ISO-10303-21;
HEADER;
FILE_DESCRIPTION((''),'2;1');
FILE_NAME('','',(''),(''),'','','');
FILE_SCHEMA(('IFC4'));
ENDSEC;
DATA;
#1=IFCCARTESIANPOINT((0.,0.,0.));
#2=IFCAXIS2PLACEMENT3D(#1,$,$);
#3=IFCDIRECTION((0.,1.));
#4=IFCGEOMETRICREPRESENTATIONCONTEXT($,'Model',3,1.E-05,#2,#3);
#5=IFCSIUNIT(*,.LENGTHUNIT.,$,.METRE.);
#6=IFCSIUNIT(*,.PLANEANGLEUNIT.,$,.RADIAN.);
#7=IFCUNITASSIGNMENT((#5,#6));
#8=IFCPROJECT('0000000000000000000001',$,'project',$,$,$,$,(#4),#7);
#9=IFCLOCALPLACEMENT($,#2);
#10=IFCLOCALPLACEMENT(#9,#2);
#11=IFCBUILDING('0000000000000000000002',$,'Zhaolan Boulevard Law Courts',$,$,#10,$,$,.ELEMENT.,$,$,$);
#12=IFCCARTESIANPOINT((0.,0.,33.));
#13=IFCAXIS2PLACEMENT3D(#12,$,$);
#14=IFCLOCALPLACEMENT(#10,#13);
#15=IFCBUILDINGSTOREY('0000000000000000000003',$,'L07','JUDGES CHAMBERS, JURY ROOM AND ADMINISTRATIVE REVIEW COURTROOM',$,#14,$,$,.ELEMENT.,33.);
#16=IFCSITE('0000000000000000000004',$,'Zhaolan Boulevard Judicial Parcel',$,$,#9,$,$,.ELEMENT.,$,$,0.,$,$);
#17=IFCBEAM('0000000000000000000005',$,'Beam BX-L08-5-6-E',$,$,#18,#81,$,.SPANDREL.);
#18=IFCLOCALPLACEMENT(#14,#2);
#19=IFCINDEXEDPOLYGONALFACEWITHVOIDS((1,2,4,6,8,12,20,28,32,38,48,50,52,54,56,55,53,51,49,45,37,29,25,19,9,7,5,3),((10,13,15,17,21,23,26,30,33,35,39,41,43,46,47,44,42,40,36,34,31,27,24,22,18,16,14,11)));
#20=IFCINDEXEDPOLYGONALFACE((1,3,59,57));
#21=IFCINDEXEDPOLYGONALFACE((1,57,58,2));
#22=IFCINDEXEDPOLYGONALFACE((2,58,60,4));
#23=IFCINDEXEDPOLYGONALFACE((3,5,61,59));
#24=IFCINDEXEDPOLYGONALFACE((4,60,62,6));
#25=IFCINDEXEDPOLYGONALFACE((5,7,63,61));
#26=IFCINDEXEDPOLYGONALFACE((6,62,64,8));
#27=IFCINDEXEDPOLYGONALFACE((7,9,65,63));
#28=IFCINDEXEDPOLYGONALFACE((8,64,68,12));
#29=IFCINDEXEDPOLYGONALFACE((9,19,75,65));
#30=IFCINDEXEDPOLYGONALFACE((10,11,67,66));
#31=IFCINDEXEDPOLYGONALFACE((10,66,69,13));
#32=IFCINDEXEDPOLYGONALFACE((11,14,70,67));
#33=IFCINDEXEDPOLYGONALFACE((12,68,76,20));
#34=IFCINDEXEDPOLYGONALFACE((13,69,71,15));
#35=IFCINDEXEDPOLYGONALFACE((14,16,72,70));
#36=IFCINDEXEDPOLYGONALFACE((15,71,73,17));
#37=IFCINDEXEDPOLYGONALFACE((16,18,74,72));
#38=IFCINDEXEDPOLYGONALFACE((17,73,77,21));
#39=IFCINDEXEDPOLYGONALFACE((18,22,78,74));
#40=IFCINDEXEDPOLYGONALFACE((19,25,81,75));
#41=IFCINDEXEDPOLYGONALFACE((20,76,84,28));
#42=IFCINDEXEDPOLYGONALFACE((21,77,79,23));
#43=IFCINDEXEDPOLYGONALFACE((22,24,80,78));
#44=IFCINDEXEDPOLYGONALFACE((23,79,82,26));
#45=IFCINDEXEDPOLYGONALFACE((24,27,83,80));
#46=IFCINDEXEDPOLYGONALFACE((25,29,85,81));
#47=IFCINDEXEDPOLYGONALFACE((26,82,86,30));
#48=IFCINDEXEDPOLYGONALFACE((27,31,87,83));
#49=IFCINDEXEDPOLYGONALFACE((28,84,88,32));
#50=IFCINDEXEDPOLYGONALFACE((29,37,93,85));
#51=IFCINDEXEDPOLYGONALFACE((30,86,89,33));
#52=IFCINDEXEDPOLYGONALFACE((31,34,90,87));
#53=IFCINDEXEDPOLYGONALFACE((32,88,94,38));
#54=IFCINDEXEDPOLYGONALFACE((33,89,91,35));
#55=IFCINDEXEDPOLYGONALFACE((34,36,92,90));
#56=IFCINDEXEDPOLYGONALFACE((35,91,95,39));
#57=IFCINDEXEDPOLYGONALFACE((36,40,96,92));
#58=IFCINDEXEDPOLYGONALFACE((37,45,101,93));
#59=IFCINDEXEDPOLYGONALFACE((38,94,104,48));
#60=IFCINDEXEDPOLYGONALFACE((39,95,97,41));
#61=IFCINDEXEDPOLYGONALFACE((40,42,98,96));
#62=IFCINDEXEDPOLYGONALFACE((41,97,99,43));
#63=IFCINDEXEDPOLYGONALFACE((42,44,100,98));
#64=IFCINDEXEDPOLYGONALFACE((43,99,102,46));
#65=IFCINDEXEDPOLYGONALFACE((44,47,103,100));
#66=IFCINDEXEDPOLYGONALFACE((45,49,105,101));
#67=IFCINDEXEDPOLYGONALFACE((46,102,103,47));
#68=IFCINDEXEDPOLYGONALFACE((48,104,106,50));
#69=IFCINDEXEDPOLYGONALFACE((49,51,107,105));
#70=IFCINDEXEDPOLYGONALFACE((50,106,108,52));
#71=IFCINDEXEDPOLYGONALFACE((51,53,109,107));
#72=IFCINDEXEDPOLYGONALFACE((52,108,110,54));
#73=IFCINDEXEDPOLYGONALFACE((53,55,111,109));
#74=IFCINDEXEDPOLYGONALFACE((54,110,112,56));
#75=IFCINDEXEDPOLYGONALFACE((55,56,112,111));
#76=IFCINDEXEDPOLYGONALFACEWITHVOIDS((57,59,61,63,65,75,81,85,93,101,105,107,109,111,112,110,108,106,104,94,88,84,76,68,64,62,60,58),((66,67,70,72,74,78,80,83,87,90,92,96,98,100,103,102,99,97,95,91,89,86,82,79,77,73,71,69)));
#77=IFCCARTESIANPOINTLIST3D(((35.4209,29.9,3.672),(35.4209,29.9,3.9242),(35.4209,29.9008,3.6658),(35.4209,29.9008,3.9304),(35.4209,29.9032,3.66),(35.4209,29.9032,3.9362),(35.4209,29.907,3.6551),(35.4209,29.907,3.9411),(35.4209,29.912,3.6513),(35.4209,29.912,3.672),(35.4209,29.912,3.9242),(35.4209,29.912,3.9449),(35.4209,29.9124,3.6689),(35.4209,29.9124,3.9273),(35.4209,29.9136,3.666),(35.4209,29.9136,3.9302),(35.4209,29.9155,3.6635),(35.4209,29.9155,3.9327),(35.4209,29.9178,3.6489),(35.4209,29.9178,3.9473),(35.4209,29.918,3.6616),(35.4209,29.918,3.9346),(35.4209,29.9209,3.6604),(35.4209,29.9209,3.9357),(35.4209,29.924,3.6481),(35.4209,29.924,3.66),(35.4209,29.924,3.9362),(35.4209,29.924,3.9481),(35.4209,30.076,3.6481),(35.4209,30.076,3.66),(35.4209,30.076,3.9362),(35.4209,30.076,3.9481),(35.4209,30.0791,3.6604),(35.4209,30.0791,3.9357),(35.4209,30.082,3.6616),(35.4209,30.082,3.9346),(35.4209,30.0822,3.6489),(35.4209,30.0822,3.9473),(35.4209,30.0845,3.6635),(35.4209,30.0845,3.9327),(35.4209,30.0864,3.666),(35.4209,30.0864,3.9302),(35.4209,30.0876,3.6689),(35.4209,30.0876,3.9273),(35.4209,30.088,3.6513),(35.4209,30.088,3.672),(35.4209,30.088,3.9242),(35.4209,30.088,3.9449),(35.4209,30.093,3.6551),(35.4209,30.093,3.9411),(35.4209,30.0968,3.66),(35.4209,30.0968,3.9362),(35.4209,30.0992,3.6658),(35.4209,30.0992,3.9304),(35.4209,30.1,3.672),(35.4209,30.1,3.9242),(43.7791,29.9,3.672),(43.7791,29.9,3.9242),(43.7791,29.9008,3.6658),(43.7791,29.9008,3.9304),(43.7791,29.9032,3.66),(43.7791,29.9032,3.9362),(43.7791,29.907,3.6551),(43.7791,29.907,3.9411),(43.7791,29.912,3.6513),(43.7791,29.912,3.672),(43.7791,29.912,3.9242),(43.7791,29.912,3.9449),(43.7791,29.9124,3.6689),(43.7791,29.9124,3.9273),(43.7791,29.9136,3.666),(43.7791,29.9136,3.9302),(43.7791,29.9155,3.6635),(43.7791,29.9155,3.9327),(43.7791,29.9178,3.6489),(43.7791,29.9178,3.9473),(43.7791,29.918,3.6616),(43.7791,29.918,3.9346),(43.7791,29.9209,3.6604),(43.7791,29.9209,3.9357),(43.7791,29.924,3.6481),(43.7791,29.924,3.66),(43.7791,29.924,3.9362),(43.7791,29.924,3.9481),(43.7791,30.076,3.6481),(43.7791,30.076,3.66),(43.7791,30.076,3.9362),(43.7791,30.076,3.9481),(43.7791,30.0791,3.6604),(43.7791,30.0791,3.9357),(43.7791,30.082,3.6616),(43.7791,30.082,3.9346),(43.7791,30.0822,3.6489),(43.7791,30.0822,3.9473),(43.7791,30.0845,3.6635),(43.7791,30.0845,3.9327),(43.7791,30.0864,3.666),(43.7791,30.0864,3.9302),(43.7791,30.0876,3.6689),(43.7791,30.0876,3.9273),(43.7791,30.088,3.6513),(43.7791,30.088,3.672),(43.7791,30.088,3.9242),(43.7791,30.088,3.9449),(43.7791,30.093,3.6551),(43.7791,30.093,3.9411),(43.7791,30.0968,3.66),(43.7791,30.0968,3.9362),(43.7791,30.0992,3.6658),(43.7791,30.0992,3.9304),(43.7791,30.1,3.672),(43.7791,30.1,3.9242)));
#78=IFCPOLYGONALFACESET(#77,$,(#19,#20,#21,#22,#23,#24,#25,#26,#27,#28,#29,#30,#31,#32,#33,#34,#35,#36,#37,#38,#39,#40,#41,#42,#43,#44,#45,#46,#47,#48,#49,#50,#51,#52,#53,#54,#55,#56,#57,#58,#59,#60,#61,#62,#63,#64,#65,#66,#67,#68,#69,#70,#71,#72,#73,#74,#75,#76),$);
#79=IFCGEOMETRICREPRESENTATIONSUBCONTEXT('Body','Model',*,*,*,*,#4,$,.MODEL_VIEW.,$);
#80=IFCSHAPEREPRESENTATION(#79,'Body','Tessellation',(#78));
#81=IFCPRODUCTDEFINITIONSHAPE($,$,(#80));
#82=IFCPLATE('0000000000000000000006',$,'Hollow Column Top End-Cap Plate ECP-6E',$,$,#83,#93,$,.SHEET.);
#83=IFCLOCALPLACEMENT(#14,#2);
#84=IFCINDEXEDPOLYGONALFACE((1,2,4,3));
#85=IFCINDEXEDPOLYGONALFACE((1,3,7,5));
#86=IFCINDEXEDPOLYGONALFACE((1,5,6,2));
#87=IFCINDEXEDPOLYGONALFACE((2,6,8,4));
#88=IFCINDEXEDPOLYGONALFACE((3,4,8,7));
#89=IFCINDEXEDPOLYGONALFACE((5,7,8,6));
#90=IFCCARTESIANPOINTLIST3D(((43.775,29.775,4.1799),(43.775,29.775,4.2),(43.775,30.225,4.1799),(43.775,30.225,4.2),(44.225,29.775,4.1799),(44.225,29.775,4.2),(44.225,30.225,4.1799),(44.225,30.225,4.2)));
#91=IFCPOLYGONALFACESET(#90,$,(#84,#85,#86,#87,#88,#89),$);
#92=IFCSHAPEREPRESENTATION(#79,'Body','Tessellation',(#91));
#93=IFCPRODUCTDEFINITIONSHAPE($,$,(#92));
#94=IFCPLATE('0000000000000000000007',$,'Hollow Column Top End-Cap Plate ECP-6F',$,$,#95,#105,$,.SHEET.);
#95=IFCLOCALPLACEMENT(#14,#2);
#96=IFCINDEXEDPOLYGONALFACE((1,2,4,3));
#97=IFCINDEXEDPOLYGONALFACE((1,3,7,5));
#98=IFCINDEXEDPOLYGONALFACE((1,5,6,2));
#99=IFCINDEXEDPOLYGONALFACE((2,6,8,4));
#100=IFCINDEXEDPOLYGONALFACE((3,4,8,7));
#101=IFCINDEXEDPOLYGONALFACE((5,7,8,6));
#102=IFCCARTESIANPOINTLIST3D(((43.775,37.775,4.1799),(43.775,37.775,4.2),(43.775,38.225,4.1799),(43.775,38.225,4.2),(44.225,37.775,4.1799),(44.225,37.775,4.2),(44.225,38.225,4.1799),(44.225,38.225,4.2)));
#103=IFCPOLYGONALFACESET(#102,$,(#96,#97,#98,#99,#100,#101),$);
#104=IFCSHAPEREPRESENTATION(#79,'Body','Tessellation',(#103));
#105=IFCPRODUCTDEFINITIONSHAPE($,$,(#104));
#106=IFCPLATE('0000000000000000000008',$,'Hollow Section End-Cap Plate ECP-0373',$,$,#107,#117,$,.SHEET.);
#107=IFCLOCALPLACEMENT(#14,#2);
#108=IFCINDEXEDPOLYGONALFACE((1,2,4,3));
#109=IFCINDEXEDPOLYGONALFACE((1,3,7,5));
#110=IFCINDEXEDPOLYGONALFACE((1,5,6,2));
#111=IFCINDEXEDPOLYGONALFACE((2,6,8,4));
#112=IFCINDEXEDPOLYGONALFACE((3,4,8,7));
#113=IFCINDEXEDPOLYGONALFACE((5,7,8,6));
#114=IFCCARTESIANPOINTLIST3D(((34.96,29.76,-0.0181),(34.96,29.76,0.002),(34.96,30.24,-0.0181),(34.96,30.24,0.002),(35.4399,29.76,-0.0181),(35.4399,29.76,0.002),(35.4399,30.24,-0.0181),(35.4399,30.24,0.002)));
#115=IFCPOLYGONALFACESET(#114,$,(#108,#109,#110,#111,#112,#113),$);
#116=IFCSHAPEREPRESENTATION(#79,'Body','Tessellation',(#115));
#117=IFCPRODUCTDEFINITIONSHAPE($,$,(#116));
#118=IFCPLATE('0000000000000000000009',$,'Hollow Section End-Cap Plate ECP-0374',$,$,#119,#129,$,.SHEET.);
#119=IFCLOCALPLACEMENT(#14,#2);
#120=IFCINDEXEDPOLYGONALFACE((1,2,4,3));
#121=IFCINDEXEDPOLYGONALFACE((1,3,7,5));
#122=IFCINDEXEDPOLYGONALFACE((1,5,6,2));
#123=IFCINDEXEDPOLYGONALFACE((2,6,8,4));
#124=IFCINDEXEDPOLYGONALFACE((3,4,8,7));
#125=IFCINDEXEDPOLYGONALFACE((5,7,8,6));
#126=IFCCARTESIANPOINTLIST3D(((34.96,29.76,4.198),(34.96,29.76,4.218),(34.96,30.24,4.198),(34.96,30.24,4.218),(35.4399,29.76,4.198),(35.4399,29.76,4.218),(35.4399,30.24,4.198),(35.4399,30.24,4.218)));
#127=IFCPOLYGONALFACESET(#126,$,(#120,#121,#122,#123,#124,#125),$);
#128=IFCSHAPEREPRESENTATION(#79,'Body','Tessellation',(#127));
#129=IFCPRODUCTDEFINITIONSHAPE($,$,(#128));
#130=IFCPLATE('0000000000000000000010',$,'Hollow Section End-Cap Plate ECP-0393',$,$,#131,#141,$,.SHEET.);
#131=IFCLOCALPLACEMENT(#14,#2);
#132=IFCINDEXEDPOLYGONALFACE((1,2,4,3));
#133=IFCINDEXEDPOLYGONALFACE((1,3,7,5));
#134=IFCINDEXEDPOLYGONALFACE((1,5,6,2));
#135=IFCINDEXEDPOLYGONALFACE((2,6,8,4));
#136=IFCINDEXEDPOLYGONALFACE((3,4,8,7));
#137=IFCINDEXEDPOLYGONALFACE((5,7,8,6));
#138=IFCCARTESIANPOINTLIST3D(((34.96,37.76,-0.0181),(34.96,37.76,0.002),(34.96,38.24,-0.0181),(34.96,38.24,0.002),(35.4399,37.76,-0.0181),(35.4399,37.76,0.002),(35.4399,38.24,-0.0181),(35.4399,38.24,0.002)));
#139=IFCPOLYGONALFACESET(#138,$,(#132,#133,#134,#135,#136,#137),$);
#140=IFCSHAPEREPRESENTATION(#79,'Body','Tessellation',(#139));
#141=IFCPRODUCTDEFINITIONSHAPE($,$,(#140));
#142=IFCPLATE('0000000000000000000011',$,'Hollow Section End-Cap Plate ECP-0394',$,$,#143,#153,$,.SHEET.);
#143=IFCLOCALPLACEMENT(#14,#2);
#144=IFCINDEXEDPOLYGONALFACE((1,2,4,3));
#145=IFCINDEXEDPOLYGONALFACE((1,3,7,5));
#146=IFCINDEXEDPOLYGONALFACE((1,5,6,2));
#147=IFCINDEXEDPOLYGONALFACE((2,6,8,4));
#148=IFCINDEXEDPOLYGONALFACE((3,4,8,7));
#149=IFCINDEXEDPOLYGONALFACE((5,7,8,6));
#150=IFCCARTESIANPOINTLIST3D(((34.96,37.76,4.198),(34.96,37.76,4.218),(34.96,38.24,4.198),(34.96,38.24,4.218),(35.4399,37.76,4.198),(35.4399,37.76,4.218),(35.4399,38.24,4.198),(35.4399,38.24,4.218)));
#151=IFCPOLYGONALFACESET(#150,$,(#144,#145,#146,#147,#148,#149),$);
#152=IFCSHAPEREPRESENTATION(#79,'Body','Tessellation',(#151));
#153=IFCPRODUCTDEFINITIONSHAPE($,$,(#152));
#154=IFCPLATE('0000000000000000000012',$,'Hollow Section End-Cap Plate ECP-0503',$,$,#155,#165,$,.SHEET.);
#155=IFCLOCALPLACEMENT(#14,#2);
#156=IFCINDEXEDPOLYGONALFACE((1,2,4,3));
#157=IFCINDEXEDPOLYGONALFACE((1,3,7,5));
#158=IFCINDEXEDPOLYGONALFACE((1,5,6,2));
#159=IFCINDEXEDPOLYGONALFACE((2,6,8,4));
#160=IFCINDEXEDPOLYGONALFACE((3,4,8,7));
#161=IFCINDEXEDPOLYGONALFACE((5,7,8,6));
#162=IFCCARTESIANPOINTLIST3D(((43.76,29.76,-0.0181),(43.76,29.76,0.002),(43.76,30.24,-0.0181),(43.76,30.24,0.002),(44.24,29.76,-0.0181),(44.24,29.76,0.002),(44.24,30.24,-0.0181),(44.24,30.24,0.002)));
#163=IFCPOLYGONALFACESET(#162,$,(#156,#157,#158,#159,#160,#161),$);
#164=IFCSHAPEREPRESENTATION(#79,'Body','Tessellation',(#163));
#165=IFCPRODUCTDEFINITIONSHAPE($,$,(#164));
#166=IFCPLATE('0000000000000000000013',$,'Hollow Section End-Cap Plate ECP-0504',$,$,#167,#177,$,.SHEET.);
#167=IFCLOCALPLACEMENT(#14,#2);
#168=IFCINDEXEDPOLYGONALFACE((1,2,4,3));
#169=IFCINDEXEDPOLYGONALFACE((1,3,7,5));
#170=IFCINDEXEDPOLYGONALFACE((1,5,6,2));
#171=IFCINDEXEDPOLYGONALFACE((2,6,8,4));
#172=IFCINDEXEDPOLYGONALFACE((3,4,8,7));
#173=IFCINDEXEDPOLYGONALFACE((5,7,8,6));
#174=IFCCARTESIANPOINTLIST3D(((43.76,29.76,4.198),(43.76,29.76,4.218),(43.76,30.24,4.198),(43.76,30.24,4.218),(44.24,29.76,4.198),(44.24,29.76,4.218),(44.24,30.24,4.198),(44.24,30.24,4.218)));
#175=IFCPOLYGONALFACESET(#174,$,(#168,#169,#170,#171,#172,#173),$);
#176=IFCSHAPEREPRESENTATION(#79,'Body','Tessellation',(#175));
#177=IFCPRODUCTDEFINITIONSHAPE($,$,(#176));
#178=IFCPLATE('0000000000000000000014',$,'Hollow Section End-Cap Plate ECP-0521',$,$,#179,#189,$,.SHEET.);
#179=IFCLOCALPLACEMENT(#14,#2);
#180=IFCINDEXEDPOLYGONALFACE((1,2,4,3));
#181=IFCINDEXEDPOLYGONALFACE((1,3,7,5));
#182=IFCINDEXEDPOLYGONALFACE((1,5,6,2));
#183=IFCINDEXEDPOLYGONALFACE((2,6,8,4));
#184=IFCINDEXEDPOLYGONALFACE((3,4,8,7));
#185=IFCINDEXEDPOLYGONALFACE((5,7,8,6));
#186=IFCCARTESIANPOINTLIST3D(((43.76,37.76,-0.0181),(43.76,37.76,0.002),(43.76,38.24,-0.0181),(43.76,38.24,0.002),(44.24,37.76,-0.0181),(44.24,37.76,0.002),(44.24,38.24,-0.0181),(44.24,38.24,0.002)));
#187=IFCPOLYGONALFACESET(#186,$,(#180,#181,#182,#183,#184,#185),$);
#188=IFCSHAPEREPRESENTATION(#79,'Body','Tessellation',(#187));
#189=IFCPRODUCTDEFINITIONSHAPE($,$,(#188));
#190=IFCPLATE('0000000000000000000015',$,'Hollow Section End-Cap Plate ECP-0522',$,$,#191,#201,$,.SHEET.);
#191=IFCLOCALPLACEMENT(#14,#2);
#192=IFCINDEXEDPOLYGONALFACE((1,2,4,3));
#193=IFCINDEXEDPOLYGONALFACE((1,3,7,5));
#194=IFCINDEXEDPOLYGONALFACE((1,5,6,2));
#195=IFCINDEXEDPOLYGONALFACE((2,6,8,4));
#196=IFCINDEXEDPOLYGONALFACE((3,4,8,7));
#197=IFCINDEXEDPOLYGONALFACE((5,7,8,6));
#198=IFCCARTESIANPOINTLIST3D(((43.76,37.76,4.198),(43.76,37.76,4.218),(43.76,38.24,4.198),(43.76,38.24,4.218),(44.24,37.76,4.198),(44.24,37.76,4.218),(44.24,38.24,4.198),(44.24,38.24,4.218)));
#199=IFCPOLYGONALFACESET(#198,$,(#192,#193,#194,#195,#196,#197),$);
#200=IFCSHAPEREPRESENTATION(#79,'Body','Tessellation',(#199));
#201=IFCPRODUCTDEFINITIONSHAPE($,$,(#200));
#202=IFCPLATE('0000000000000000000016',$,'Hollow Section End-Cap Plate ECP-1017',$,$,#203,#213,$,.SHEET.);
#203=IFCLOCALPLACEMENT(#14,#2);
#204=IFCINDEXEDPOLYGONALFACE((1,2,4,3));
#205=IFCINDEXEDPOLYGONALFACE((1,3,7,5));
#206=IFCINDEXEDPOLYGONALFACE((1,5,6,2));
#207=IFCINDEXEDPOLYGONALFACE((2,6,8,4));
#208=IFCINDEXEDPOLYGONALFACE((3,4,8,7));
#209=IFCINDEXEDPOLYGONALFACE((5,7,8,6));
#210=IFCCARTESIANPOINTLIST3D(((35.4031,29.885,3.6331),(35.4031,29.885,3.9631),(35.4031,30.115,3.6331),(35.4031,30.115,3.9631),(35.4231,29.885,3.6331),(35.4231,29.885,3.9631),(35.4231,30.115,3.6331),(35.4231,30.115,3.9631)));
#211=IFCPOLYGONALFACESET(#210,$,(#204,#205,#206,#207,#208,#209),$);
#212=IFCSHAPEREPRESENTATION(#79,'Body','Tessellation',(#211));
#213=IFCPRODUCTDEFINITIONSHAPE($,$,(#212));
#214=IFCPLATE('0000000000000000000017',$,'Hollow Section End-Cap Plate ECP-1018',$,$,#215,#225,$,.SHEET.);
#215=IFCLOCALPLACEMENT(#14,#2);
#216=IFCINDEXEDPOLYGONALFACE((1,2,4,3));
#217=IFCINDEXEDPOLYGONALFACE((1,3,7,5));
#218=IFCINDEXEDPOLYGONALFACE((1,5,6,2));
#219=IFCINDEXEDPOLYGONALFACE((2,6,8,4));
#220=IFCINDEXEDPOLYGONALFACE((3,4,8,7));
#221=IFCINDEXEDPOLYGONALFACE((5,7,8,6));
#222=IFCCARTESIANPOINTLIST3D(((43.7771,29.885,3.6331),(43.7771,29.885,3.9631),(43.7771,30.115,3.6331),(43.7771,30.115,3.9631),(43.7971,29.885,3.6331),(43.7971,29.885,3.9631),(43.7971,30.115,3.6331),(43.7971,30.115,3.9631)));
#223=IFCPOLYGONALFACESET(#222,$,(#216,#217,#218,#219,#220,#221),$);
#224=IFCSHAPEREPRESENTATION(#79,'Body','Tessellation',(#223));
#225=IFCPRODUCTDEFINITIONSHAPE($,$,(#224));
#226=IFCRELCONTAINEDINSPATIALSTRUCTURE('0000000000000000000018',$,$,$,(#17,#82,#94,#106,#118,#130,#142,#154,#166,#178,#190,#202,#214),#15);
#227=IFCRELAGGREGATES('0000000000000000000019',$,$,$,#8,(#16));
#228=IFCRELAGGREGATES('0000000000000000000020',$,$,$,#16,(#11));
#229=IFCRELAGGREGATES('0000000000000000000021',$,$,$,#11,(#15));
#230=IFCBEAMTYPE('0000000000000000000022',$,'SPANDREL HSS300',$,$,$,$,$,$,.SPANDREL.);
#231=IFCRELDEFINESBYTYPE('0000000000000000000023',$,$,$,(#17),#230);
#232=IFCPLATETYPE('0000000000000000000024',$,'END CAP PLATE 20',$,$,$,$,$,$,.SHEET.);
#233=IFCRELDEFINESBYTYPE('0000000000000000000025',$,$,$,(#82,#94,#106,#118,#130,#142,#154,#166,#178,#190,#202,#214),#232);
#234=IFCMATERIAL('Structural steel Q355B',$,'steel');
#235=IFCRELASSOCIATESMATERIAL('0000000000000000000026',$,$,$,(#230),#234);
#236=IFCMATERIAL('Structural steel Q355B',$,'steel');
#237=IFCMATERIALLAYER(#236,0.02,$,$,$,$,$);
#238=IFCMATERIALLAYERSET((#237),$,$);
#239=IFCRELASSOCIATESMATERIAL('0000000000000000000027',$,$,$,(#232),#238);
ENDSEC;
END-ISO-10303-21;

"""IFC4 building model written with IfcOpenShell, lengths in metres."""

from ifc_helpers import new_model, si_unit, direction, frame, origin, origin_2d, place, context, subcontext, project, spatial, rectangle, hollow_rectangle, extrude, material, layer, layer_set, material_profile, profile_set, type_object, element, save


model = new_model("IFC4")

# Units and contexts
model_context = context("Model", 3, precision=1e-05, world=origin(), true_north=direction((0.0, 1.0)))
body_context = subcontext(model_context, "Body", "Model", "MODEL_VIEW")
ifc_project = project(units=[si_unit("LENGTHUNIT", "METRE"), si_unit("PLANEANGLEUNIT", "RADIAN")], contexts=[model_context])

# Site, building, storey
site_placement = place(None, origin())
site = spatial("IfcSite", under=ifc_project, at=site_placement, Name="Zhaolan Boulevard Judicial Parcel", CompositionType="ELEMENT", RefElevation=0.0)
building_placement = place(site_placement, origin())
building = spatial("IfcBuilding", under=site, at=building_placement, Name="Zhaolan Boulevard Law Courts", CompositionType="ELEMENT")
storey_placement = place(building_placement, frame((0.0, 0.0, 33.0)))
storey = spatial("IfcBuildingStorey", under=building, at=storey_placement, Name="L07", Description="JUDGES CHAMBERS, JURY ROOM AND ADMINISTRATIVE REVIEW COURTROOM", CompositionType="ELEMENT", Elevation=33.0)

# Beam
ifc_material_1 = material(Name="Structural steel Q355B", Category="steel")
ifc_material_profile_1 = material_profile(ifc_material_1, hollow_rectangle(XDim=0.2, YDim=0.3, WallThickness=0.012, InnerFilletRadius=0.012, OuterFilletRadius=0.0239, at=origin_2d()), Name="HSS300x200x12")
ifc_profile_set_1 = profile_set([ifc_material_profile_1], Name="Structural steel Q355B")
beam_type_1 = type_object("IfcBeamType", Name="SPANDREL HSS300", PredefinedType="SPANDREL", material=ifc_profile_set_1)
beam_1_placement = place(storey_placement, frame((35.4209, 30.0, 3.7981), z_axis=(1.0, 0.0, 0.0), x_axis=(0.0, 1.0, 0.0)))
element("IfcBeam", 1, at=beam_1_placement, inside=storey, type_object=beam_type_1, Name="Beam BX-L08-5-6-E", PredefinedType="SPANDREL", context=body_context, shape_type="SweptSolid", body=[
    extrude(hollow_rectangle(XDim=0.2, YDim=0.3, WallThickness=0.012, InnerFilletRadius=0.012, OuterFilletRadius=0.0239, at=origin_2d()), origin(), (0.0, 0.0, 1.0), 8.3582),
])

# Plates
ifc_material_2 = material(Name="Structural steel Q355B", Category="steel")
ifc_layer_1 = layer(ifc_material_2, 0.02)
ifc_layer_set_1 = layer_set([ifc_layer_1])
plate_type = type_object("IfcPlateType", Name="END CAP PLATE 20", PredefinedType="SHEET", material=ifc_layer_set_1)
for number, where, z_axis, x_axis, name in (
    (2, (44.0, 30.0, 4.1799), (0.0, 0.0, 1.0), (1.0, 0.0, 0.0), "Hollow Column Top End-Cap Plate ECP-6E"),
    (3, (44.0, 38.0, 4.1799), (0.0, 0.0, 1.0), (1.0, 0.0, 0.0), "Hollow Column Top End-Cap Plate ECP-6F"),
):
    element("IfcPlate", number, at=place(storey_placement, frame(where, z_axis=z_axis, x_axis=x_axis)), inside=storey, type_object=plate_type, Name=name, PredefinedType="SHEET", context=body_context, shape_type="SweptSolid", body=[
        extrude(rectangle(XDim=0.45, YDim=0.45, at=origin_2d()), origin(), (0.0, 0.0, 1.0), 0.02),
    ])
for number, where, z_axis, x_axis, name in (
    (4, (35.2, 30.0, -0.0181), (0.0, 0.0, 1.0), (1.0, 0.0, 0.0), "Hollow Section End-Cap Plate ECP-0373"),
    (5, (35.2, 30.0, 4.198), (0.0, 0.0, 1.0), (1.0, 0.0, 0.0), "Hollow Section End-Cap Plate ECP-0374"),
    (6, (35.2, 38.0, -0.0181), (0.0, 0.0, 1.0), (1.0, 0.0, 0.0), "Hollow Section End-Cap Plate ECP-0393"),
    (7, (35.2, 38.0, 4.198), (0.0, 0.0, 1.0), (1.0, 0.0, 0.0), "Hollow Section End-Cap Plate ECP-0394"),
    (8, (44.0, 30.0, -0.0181), (0.0, 0.0, 1.0), (1.0, 0.0, 0.0), "Hollow Section End-Cap Plate ECP-0503"),
    (9, (44.0, 30.0, 4.198), (0.0, 0.0, 1.0), (1.0, 0.0, 0.0), "Hollow Section End-Cap Plate ECP-0504"),
    (10, (44.0, 38.0, -0.0181), (0.0, 0.0, 1.0), (1.0, 0.0, 0.0), "Hollow Section End-Cap Plate ECP-0521"),
    (11, (44.0, 38.0, 4.198), (0.0, 0.0, 1.0), (1.0, 0.0, 0.0), "Hollow Section End-Cap Plate ECP-0522"),
):
    element("IfcPlate", number, at=place(storey_placement, frame(where, z_axis=z_axis, x_axis=x_axis)), inside=storey, type_object=plate_type, Name=name, PredefinedType="SHEET", context=body_context, shape_type="SweptSolid", body=[
        extrude(rectangle(XDim=0.48, YDim=0.48, at=origin_2d()), origin(), (0.0, 0.0, 1.0), 0.02),
    ])
for number, where, z_axis, x_axis, name in (
    (12, (35.4131, 30.0, 3.6331), (0.0, 0.0, 1.0), (1.0, 0.0, 0.0), "Hollow Section End-Cap Plate ECP-1017"),
    (13, (43.7871, 30.0, 3.6331), (0.0, 0.0, 1.0), (1.0, 0.0, 0.0), "Hollow Section End-Cap Plate ECP-1018"),
):
    element("IfcPlate", number, at=place(storey_placement, frame(where, z_axis=z_axis, x_axis=x_axis)), inside=storey, type_object=plate_type, Name=name, PredefinedType="SHEET", context=body_context, shape_type="SweptSolid", body=[
        extrude(rectangle(XDim=0.02, YDim=0.23, at=origin_2d()), origin(), (0.0, 0.0, 1.0), 0.3301),
    ])

save(model, "model.ifc")
